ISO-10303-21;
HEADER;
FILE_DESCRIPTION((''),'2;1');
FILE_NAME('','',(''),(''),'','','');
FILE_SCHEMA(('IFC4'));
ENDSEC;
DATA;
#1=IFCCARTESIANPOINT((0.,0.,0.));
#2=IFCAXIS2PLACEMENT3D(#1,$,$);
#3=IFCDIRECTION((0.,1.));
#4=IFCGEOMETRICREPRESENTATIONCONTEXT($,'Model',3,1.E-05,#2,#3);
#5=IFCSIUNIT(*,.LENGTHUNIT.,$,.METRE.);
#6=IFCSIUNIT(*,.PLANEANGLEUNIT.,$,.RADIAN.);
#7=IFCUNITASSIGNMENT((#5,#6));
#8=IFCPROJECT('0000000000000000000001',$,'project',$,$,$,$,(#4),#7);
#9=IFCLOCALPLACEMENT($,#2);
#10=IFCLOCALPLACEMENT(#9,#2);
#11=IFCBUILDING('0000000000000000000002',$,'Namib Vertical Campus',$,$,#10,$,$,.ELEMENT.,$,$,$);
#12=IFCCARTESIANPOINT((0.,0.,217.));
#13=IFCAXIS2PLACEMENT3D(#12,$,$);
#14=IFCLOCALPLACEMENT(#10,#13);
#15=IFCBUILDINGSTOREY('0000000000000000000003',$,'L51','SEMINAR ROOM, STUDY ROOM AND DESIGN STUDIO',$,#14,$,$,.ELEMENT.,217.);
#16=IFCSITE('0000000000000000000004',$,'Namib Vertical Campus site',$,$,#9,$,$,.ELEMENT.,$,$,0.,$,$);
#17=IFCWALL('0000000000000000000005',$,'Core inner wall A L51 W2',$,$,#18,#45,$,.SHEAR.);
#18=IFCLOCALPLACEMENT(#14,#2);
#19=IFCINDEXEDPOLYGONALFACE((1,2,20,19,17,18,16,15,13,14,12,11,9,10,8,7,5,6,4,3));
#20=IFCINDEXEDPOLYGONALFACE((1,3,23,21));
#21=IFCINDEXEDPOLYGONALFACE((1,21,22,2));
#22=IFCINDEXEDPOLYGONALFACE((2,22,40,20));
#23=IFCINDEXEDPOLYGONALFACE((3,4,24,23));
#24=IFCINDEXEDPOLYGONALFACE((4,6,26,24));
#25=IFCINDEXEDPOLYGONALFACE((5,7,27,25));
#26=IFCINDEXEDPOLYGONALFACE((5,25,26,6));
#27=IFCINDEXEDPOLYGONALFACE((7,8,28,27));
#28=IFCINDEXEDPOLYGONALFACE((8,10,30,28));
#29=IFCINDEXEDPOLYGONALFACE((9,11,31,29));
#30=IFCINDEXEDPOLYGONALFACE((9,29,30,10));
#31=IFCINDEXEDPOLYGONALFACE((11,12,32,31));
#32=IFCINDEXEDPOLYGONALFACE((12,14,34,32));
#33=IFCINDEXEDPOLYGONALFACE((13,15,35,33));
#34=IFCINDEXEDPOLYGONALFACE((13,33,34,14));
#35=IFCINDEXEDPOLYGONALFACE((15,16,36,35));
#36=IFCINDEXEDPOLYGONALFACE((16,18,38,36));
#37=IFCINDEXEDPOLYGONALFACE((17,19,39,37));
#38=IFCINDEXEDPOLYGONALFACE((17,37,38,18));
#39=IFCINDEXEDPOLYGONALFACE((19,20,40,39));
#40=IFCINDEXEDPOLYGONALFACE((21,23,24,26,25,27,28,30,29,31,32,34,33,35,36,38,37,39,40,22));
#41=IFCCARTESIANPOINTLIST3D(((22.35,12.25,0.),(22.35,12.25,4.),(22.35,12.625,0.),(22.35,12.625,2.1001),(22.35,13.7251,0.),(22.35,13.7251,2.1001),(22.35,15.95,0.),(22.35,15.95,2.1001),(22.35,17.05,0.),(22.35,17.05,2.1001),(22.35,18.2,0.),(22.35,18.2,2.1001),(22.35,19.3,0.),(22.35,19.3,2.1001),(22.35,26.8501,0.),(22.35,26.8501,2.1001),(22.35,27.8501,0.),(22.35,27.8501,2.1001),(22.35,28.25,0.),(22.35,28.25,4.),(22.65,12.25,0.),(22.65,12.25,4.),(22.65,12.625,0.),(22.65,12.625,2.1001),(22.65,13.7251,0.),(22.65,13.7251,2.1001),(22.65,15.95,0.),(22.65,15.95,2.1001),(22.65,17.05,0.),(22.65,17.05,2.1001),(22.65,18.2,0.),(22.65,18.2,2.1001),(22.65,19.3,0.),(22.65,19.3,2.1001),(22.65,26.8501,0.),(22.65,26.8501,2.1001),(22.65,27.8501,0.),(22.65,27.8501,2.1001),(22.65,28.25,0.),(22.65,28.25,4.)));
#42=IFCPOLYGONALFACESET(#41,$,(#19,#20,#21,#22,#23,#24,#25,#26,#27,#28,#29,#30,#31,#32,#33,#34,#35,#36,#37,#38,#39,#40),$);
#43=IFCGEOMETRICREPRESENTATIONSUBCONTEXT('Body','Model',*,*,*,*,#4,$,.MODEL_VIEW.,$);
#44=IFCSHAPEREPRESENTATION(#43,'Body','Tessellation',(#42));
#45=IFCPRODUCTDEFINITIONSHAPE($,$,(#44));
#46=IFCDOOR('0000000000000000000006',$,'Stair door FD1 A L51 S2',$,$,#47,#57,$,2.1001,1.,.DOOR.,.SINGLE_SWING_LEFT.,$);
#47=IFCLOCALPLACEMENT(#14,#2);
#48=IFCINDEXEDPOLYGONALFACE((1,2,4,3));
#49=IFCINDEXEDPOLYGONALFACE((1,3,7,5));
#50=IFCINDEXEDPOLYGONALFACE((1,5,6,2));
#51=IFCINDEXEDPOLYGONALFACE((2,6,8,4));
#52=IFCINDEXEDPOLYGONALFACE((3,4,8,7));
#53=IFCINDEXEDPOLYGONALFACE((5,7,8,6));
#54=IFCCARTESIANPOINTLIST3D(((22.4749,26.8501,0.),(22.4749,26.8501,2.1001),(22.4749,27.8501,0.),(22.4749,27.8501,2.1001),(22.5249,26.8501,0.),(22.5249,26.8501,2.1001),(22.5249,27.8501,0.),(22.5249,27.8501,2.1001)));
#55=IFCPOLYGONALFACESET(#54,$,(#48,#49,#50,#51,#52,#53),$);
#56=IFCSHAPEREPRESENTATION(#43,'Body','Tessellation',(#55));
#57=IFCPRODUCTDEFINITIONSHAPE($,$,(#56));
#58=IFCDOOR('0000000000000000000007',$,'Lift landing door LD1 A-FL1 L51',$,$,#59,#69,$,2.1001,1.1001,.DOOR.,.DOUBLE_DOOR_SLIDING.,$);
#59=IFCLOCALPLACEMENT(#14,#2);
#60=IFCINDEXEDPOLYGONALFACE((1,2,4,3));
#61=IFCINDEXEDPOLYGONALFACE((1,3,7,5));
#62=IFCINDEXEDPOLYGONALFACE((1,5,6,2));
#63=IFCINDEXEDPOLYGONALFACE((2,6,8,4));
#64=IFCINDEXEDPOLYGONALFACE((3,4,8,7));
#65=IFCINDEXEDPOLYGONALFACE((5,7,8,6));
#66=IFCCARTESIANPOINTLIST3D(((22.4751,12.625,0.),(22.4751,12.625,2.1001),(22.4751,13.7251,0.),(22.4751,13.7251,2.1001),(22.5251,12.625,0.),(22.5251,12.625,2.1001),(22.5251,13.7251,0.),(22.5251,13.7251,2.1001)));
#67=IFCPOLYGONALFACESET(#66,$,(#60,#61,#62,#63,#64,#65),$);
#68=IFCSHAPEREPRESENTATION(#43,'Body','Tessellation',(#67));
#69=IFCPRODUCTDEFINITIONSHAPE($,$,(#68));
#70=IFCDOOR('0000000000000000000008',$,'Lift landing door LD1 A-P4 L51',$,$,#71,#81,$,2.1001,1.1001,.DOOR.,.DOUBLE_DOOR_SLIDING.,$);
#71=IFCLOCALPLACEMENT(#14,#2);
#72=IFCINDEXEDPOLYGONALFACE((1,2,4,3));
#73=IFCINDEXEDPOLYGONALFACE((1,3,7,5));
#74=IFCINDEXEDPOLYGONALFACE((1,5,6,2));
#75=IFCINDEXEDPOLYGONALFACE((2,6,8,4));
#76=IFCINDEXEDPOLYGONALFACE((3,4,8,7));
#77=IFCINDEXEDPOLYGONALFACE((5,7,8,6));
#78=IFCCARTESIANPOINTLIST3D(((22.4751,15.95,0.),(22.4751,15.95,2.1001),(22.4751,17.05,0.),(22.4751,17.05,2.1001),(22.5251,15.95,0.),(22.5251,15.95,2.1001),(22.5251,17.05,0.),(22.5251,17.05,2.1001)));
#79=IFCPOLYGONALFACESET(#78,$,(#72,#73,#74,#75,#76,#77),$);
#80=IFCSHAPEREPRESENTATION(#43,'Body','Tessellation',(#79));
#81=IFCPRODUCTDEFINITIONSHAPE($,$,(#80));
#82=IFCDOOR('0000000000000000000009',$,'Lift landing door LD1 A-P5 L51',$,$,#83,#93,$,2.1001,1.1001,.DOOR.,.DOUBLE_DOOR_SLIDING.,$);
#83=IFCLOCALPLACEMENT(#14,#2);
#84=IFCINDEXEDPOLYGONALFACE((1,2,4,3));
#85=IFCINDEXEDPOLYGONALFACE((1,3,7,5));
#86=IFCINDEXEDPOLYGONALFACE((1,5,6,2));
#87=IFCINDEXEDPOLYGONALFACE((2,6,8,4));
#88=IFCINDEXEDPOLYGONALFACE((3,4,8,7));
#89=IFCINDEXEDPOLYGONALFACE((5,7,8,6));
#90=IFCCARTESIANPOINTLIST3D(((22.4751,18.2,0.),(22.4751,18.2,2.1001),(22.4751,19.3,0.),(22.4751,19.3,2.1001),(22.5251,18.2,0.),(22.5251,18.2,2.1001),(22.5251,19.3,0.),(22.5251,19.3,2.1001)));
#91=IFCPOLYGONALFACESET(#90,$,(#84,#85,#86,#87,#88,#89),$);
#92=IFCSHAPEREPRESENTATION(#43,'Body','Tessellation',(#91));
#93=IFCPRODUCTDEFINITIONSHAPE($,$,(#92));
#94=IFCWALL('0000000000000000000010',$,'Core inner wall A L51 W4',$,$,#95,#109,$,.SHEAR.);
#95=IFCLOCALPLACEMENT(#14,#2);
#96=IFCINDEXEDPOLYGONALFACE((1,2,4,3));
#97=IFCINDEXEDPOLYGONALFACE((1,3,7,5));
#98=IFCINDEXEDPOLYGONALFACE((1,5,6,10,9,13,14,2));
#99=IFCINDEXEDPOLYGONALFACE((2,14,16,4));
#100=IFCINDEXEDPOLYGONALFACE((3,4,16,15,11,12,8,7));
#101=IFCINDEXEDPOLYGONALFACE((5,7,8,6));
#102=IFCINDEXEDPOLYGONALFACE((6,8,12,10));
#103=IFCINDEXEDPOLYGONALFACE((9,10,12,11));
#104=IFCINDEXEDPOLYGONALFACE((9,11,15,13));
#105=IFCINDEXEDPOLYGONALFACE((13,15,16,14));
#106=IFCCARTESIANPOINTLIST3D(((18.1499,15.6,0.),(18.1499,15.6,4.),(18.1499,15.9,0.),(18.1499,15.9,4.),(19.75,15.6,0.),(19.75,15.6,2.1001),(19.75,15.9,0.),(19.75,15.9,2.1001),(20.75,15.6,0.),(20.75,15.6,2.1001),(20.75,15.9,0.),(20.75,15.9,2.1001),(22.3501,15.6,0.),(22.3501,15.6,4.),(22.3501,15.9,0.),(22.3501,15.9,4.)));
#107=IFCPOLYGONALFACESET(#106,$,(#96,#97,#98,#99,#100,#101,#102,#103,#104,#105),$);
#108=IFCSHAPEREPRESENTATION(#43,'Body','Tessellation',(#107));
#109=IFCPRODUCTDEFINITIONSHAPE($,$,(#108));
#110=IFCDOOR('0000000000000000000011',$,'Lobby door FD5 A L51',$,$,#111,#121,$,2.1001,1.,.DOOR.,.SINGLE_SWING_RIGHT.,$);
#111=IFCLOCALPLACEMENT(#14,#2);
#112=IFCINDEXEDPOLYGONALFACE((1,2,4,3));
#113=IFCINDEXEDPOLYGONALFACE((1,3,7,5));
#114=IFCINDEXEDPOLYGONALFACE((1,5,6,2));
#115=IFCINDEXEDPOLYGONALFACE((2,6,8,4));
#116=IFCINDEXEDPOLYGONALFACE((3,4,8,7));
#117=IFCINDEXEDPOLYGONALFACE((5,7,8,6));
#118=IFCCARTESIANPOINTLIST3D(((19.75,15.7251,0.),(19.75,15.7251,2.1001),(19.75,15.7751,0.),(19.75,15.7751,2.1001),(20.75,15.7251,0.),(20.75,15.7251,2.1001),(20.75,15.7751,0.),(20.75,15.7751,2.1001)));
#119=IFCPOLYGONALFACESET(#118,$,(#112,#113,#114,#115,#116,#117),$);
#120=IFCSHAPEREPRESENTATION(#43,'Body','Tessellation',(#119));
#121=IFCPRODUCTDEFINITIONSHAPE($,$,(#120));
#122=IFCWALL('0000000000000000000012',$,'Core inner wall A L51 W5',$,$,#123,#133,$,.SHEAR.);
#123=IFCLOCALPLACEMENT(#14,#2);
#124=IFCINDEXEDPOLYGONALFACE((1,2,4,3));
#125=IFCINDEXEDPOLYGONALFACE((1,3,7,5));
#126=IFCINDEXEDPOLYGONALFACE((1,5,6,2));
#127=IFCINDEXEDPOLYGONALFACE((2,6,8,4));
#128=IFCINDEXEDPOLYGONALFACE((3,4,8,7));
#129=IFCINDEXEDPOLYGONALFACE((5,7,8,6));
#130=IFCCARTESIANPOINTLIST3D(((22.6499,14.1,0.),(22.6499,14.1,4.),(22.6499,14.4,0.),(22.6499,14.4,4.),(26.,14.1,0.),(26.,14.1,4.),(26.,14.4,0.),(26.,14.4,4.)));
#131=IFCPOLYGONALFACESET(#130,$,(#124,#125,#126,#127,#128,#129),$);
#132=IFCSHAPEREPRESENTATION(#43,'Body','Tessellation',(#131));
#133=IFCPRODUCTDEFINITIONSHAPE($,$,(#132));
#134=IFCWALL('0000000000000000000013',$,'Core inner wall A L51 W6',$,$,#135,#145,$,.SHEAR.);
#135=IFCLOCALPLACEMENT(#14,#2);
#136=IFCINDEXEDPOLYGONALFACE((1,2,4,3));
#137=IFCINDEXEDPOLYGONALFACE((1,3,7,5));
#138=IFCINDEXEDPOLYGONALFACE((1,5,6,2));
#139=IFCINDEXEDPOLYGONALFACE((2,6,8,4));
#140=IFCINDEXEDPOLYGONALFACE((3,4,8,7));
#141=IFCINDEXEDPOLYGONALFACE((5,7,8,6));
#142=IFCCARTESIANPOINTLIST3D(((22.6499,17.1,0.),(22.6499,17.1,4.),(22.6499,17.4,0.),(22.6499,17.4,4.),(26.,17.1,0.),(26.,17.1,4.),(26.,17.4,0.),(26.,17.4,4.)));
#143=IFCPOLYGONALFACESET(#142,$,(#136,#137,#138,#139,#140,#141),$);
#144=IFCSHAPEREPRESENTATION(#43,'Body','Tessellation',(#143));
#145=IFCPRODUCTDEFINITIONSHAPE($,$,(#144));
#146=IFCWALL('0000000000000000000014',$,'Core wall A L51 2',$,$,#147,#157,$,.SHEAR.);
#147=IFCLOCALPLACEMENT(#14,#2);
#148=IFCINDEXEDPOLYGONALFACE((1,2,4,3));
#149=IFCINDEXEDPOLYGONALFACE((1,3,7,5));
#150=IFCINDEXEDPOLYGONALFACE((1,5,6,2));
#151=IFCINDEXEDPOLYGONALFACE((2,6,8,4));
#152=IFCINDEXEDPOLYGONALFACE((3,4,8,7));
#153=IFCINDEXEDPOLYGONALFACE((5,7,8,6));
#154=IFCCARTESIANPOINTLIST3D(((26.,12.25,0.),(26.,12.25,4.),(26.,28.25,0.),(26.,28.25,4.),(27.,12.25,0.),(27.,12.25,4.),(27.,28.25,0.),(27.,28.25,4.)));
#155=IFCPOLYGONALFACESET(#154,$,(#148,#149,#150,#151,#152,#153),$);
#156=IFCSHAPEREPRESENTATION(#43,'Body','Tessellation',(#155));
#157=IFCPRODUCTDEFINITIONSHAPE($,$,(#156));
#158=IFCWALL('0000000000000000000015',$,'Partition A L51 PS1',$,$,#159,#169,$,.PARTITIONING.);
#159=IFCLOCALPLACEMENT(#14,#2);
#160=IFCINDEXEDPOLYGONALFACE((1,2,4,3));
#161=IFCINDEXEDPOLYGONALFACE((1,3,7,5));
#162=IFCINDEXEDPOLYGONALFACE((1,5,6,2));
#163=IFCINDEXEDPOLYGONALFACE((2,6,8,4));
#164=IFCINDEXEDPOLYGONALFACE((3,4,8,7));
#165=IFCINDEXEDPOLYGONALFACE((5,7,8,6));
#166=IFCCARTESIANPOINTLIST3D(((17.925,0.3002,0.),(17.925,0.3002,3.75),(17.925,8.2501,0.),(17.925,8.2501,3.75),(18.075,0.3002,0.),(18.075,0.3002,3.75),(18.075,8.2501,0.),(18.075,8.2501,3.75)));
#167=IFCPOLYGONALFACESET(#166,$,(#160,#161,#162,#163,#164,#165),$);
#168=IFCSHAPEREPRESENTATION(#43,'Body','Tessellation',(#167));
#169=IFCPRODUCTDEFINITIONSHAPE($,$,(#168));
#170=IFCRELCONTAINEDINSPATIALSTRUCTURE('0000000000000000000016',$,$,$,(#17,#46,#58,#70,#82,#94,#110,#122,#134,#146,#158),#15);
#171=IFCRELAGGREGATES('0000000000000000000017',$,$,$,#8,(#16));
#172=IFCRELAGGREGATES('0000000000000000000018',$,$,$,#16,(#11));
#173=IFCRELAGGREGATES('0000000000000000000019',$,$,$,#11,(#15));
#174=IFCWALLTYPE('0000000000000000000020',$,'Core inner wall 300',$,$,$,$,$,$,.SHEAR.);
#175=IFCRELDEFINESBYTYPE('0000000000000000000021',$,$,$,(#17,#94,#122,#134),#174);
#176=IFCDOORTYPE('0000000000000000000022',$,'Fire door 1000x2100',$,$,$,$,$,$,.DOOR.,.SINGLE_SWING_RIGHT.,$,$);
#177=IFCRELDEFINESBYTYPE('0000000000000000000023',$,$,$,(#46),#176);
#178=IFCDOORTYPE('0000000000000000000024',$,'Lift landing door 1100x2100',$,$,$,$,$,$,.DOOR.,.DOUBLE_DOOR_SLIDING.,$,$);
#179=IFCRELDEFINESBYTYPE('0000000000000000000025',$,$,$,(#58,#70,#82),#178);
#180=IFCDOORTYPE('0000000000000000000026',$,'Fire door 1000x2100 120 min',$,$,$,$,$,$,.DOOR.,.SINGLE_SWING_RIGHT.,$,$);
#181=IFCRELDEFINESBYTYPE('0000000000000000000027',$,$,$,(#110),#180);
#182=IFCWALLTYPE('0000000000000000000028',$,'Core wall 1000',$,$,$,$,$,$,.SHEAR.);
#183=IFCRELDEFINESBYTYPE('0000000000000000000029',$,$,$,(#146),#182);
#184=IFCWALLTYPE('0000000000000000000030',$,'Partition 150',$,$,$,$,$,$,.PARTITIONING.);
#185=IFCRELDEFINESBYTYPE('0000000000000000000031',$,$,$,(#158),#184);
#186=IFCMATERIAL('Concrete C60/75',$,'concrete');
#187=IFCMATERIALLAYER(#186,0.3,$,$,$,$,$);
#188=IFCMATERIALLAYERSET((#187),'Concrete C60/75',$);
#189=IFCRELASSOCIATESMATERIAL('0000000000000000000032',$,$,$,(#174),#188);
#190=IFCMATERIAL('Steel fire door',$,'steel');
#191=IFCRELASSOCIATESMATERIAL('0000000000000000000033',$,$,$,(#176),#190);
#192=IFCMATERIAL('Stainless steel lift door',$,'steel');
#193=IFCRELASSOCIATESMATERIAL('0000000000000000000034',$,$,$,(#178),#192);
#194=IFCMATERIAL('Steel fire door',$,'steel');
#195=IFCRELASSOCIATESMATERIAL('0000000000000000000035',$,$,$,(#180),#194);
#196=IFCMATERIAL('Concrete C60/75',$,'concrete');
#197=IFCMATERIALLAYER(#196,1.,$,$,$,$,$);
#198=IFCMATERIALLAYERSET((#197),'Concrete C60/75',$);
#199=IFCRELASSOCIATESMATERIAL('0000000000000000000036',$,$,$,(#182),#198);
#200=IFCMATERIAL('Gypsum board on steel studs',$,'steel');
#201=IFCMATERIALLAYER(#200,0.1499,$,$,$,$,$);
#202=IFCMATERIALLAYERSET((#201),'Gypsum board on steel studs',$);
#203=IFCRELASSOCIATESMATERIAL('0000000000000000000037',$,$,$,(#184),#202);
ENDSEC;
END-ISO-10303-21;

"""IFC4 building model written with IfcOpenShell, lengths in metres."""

from ifc_helpers import new_model, si_unit, direction, frame, frame_2d, origin, place, context, subcontext, project, spatial, rectangle, extrude, material, layer, layer_set, type_object, element, fill, save


model = new_model("IFC4")

# Units and contexts
model_context = context("Model", 3, precision=1e-05, world=origin(), true_north=direction((0.0, 1.0)))
body_context = subcontext(model_context, "Body", "Model", "MODEL_VIEW")
ifc_project = project(units=[si_unit("LENGTHUNIT", "METRE"), si_unit("PLANEANGLEUNIT", "RADIAN")], contexts=[model_context])

# Site, building, storey
site_placement = place(None, origin())
site = spatial("IfcSite", under=ifc_project, at=site_placement, Name="Namib Vertical Campus site", CompositionType="ELEMENT", RefElevation=0.0)
building_placement = place(site_placement, origin())
building = spatial("IfcBuilding", under=site, at=building_placement, Name="Namib Vertical Campus", CompositionType="ELEMENT")
storey_placement = place(building_placement, frame((0.0, 0.0, 217.0)))
storey = spatial("IfcBuildingStorey", under=building, at=storey_placement, Name="L51", Description="SEMINAR ROOM, STUDY ROOM AND DESIGN STUDIO", CompositionType="ELEMENT", Elevation=217.0)

# Wall, openings, doors
ifc_material_1 = material(Name="Concrete C60/75", Category="concrete")
ifc_layer_1 = layer(ifc_material_1, 0.3)
ifc_layer_set_1 = layer_set([ifc_layer_1], Name="Concrete C60/75")
wall_type_1 = type_object("IfcWallType", Name="Core inner wall 300", PredefinedType="SHEAR", material=ifc_layer_set_1)
ifc_material_2 = material(Name="Steel fire door", Category="steel")
door_type_1 = type_object("IfcDoorType", Name="Fire door 1000x2100", OperationType="SINGLE_SWING_RIGHT", PredefinedType="DOOR", material=ifc_material_2)
ifc_material_3 = material(Name="Stainless steel lift door", Category="steel")
door_type_2 = type_object("IfcDoorType", Name="Lift landing door 1100x2100", OperationType="DOUBLE_DOOR_SLIDING", PredefinedType="DOOR", material=ifc_material_3)
wall_1_placement = place(storey_placement, frame((22.5, 12.25, 0.0), z_axis=(0.0, 0.0, 1.0), x_axis=(0.0, 1.0, 0.0)))
wall_1 = element("IfcWall", 1, at=wall_1_placement, inside=storey, type_object=wall_type_1, Name="Core inner wall A L51 W2", PredefinedType="SHEAR", context=body_context, shape_type="SweptSolid", body=[
    extrude(rectangle(XDim=16.0, YDim=0.3, at=frame_2d((8.0, 0.0))), origin(), (0.0, 0.0, 1.0), 4.0),
])
opening_1_placement = place(wall_1_placement, frame((14.6001, 0.0, 0.0)))
opening_1 = element("IfcOpeningElement", 2, at=opening_1_placement, cuts=wall_1, PredefinedType="OPENING", context=body_context, shape_type="SweptSolid", body=[
    extrude(rectangle(XDim=1.0, YDim=2.1001, at=frame_2d((0.5, 1.05))), frame((0.0, 0.1599, 0.0), z_axis=(0.0, -1.0, 0.0), x_axis=(1.0, 0.0, 0.0)), (0.0, 0.0, 1.0), 0.3201),
])
opening_2_placement = place(wall_1_placement, frame((0.375, 0.0, 0.0)))
opening_2 = element("IfcOpeningElement", 3, at=opening_2_placement, cuts=wall_1, PredefinedType="OPENING", context=body_context, shape_type="SweptSolid", body=[
    extrude(rectangle(XDim=1.1001, YDim=2.1001, at=frame_2d((0.55, 1.05))), frame((0.0, 0.1599, 0.0), z_axis=(0.0, -1.0, 0.0), x_axis=(1.0, 0.0, 0.0)), (0.0, 0.0, 1.0), 0.3201),
])
opening_3_placement = place(wall_1_placement, frame((3.7, 0.0, 0.0)))
opening_3 = element("IfcOpeningElement", 4, at=opening_3_placement, cuts=wall_1, PredefinedType="OPENING", context=body_context, shape_type="SweptSolid", body=[
    extrude(rectangle(XDim=1.1001, YDim=2.1001, at=frame_2d((0.55, 1.05))), frame((0.0, 0.1599, 0.0), z_axis=(0.0, -1.0, 0.0), x_axis=(1.0, 0.0, 0.0)), (0.0, 0.0, 1.0), 0.3201),
])
opening_4_placement = place(wall_1_placement, frame((5.95, 0.0, 0.0)))
opening_4 = element("IfcOpeningElement", 5, at=opening_4_placement, cuts=wall_1, PredefinedType="OPENING", context=body_context, shape_type="SweptSolid", body=[
    extrude(rectangle(XDim=1.1001, YDim=2.1001, at=frame_2d((0.55, 1.05))), frame((0.0, 0.1599, 0.0), z_axis=(0.0, -1.0, 0.0), x_axis=(1.0, 0.0, 0.0)), (0.0, 0.0, 1.0), 0.3201),
])
door_1_placement = place(opening_1_placement, frame((1.0, 0.0, 0.0), z_axis=(0.0, 0.0, 1.0), x_axis=(-1.0, 0.0, 0.0)))
door_1 = element("IfcDoor", 6, at=door_1_placement, inside=storey, type_object=door_type_1, Name="Stair door FD1 A L51 S2", OperationType="SINGLE_SWING_LEFT", OverallHeight=2.1001, OverallWidth=1.0, PredefinedType="DOOR", context=body_context, shape_type="SweptSolid", body=[
    extrude(rectangle(XDim=1.0, YDim=2.1001, at=frame_2d((0.5, 1.05))), frame((0.0, 0.0249, 0.0), z_axis=(0.0, -1.0, 0.0), x_axis=(1.0, 0.0, 0.0)), (0.0, 0.0, 1.0), 0.05),
])
fill(opening_1, door_1)
door_2_placement = place(opening_2_placement, origin())
door_2 = element("IfcDoor", 7, at=door_2_placement, inside=storey, type_object=door_type_2, Name="Lift landing door LD1 A-FL1 L51", OperationType="DOUBLE_DOOR_SLIDING", OverallHeight=2.1001, OverallWidth=1.1001, PredefinedType="DOOR", context=body_context, shape_type="SweptSolid", body=[
    extrude(rectangle(XDim=1.1001, YDim=2.1001, at=frame_2d((0.55, 1.05))), frame((0.0, 0.0249, 0.0), z_axis=(0.0, -1.0, 0.0), x_axis=(1.0, 0.0, 0.0)), (0.0, 0.0, 1.0), 0.05),
])
fill(opening_2, door_2)
door_3_placement = place(opening_3_placement, origin())
door_3 = element("IfcDoor", 8, at=door_3_placement, inside=storey, type_object=door_type_2, Name="Lift landing door LD1 A-P4 L51", OperationType="DOUBLE_DOOR_SLIDING", OverallHeight=2.1001, OverallWidth=1.1001, PredefinedType="DOOR", context=body_context, shape_type="SweptSolid", body=[
    extrude(rectangle(XDim=1.1001, YDim=2.1001, at=frame_2d((0.55, 1.05))), frame((0.0, 0.0249, 0.0), z_axis=(0.0, -1.0, 0.0), x_axis=(1.0, 0.0, 0.0)), (0.0, 0.0, 1.0), 0.05),
])
fill(opening_3, door_3)
door_4_placement = place(opening_4_placement, origin())
door_4 = element("IfcDoor", 9, at=door_4_placement, inside=storey, type_object=door_type_2, Name="Lift landing door LD1 A-P5 L51", OperationType="DOUBLE_DOOR_SLIDING", OverallHeight=2.1001, OverallWidth=1.1001, PredefinedType="DOOR", context=body_context, shape_type="SweptSolid", body=[
    extrude(rectangle(XDim=1.1001, YDim=2.1001, at=frame_2d((0.55, 1.05))), frame((0.0, 0.0249, 0.0), z_axis=(0.0, -1.0, 0.0), x_axis=(1.0, 0.0, 0.0)), (0.0, 0.0, 1.0), 0.05),
])
fill(opening_4, door_4)

# Wall, opening, door
wall_2_placement = place(storey_placement, frame((18.1499, 15.75, 0.0), z_axis=(0.0, 0.0, 1.0), x_axis=(1.0, 0.0, 0.0)))
wall_2 = element("IfcWall", 10, at=wall_2_placement, inside=storey, type_object=wall_type_1, Name="Core inner wall A L51 W4", PredefinedType="SHEAR", context=body_context, shape_type="SweptSolid", body=[
    extrude(rectangle(XDim=4.2002, YDim=0.3, at=frame_2d((2.1001, 0.0))), origin(), (0.0, 0.0, 1.0), 4.0),
])
opening_5_placement = place(wall_2_placement, frame((1.6001, 0.0, 0.0)))
opening_5 = element("IfcOpeningElement", 11, at=opening_5_placement, cuts=wall_2, PredefinedType="OPENING", context=body_context, shape_type="SweptSolid", body=[
    extrude(rectangle(XDim=1.0, YDim=2.1001, at=frame_2d((0.5, 1.05))), frame((0.0, 0.1599, 0.0), z_axis=(0.0, -1.0, 0.0), x_axis=(1.0, 0.0, 0.0)), (0.0, 0.0, 1.0), 0.3201),
])
ifc_material_4 = material(Name="Steel fire door", Category="steel")
door_type_3 = type_object("IfcDoorType", Name="Fire door 1000x2100 120 min", OperationType="SINGLE_SWING_RIGHT", PredefinedType="DOOR", material=ifc_material_4)
door_5_placement = place(opening_5_placement, frame((1.0, 0.0, 0.0), z_axis=(0.0, 0.0, 1.0), x_axis=(-1.0, 0.0, 0.0)))
door_5 = element("IfcDoor", 12, at=door_5_placement, inside=storey, type_object=door_type_3, Name="Lobby door FD5 A L51", OperationType="SINGLE_SWING_RIGHT", OverallHeight=2.1001, OverallWidth=1.0, PredefinedType="DOOR", context=body_context, shape_type="SweptSolid", body=[
    extrude(rectangle(XDim=1.0, YDim=2.1001, at=frame_2d((0.5, 1.05))), frame((0.0, 0.0249, 0.0), z_axis=(0.0, -1.0, 0.0), x_axis=(1.0, 0.0, 0.0)), (0.0, 0.0, 1.0), 0.05),
])
fill(opening_5, door_5)

# Walls
for number, where, z_axis, x_axis, name in (
    (13, (22.6499, 14.25, 0.0), (0.0, 0.0, 1.0), (1.0, 0.0, 0.0), "Core inner wall A L51 W5"),
    (14, (22.6499, 17.25, 0.0), (0.0, 0.0, 1.0), (1.0, 0.0, 0.0), "Core inner wall A L51 W6"),
):
    element("IfcWall", number, at=place(storey_placement, frame(where, z_axis=z_axis, x_axis=x_axis)), inside=storey, type_object=wall_type_1, Name=name, PredefinedType="SHEAR", context=body_context, shape_type="SweptSolid", body=[
        extrude(rectangle(XDim=3.3501, YDim=0.3, at=frame_2d((1.675, 0.0))), origin(), (0.0, 0.0, 1.0), 4.0),
    ])
ifc_material_5 = material(Name="Concrete C60/75", Category="concrete")
ifc_layer_2 = layer(ifc_material_5, 1.0)
ifc_layer_set_2 = layer_set([ifc_layer_2], Name="Concrete C60/75")
wall_type_2 = type_object("IfcWallType", Name="Core wall 1000", PredefinedType="SHEAR", material=ifc_layer_set_2)
wall_3_placement = place(storey_placement, frame((26.5, 12.25, 0.0), z_axis=(0.0, 0.0, 1.0), x_axis=(0.0, 1.0, 0.0)))
element("IfcWall", 15, at=wall_3_placement, inside=storey, type_object=wall_type_2, Name="Core wall A L51 2", PredefinedType="SHEAR", context=body_context, shape_type="SweptSolid", body=[
    extrude(rectangle(XDim=16.0, YDim=1.0, at=frame_2d((8.0, 0.0))), origin(), (0.0, 0.0, 1.0), 4.0),
])
ifc_material_6 = material(Name="Gypsum board on steel studs", Category="steel")
ifc_layer_3 = layer(ifc_material_6, 0.1499)
ifc_layer_set_3 = layer_set([ifc_layer_3], Name="Gypsum board on steel studs")
wall_type_3 = type_object("IfcWallType", Name="Partition 150", PredefinedType="PARTITIONING", material=ifc_layer_set_3)
wall_4_placement = place(storey_placement, frame((18.0, 0.3, 0.0), z_axis=(0.0, 0.0, 1.0), x_axis=(0.0, 1.0, 0.0)))
element("IfcWall", 16, at=wall_4_placement, inside=storey, type_object=wall_type_3, Name="Partition A L51 PS1", PredefinedType="PARTITIONING", context=body_context, shape_type="SweptSolid", body=[
    extrude(rectangle(XDim=7.95, YDim=0.1499, at=frame_2d((3.9751, 0.0))), origin(), (0.0, 0.0, 1.0), 3.75),
])

save(model, "model.ifc")
